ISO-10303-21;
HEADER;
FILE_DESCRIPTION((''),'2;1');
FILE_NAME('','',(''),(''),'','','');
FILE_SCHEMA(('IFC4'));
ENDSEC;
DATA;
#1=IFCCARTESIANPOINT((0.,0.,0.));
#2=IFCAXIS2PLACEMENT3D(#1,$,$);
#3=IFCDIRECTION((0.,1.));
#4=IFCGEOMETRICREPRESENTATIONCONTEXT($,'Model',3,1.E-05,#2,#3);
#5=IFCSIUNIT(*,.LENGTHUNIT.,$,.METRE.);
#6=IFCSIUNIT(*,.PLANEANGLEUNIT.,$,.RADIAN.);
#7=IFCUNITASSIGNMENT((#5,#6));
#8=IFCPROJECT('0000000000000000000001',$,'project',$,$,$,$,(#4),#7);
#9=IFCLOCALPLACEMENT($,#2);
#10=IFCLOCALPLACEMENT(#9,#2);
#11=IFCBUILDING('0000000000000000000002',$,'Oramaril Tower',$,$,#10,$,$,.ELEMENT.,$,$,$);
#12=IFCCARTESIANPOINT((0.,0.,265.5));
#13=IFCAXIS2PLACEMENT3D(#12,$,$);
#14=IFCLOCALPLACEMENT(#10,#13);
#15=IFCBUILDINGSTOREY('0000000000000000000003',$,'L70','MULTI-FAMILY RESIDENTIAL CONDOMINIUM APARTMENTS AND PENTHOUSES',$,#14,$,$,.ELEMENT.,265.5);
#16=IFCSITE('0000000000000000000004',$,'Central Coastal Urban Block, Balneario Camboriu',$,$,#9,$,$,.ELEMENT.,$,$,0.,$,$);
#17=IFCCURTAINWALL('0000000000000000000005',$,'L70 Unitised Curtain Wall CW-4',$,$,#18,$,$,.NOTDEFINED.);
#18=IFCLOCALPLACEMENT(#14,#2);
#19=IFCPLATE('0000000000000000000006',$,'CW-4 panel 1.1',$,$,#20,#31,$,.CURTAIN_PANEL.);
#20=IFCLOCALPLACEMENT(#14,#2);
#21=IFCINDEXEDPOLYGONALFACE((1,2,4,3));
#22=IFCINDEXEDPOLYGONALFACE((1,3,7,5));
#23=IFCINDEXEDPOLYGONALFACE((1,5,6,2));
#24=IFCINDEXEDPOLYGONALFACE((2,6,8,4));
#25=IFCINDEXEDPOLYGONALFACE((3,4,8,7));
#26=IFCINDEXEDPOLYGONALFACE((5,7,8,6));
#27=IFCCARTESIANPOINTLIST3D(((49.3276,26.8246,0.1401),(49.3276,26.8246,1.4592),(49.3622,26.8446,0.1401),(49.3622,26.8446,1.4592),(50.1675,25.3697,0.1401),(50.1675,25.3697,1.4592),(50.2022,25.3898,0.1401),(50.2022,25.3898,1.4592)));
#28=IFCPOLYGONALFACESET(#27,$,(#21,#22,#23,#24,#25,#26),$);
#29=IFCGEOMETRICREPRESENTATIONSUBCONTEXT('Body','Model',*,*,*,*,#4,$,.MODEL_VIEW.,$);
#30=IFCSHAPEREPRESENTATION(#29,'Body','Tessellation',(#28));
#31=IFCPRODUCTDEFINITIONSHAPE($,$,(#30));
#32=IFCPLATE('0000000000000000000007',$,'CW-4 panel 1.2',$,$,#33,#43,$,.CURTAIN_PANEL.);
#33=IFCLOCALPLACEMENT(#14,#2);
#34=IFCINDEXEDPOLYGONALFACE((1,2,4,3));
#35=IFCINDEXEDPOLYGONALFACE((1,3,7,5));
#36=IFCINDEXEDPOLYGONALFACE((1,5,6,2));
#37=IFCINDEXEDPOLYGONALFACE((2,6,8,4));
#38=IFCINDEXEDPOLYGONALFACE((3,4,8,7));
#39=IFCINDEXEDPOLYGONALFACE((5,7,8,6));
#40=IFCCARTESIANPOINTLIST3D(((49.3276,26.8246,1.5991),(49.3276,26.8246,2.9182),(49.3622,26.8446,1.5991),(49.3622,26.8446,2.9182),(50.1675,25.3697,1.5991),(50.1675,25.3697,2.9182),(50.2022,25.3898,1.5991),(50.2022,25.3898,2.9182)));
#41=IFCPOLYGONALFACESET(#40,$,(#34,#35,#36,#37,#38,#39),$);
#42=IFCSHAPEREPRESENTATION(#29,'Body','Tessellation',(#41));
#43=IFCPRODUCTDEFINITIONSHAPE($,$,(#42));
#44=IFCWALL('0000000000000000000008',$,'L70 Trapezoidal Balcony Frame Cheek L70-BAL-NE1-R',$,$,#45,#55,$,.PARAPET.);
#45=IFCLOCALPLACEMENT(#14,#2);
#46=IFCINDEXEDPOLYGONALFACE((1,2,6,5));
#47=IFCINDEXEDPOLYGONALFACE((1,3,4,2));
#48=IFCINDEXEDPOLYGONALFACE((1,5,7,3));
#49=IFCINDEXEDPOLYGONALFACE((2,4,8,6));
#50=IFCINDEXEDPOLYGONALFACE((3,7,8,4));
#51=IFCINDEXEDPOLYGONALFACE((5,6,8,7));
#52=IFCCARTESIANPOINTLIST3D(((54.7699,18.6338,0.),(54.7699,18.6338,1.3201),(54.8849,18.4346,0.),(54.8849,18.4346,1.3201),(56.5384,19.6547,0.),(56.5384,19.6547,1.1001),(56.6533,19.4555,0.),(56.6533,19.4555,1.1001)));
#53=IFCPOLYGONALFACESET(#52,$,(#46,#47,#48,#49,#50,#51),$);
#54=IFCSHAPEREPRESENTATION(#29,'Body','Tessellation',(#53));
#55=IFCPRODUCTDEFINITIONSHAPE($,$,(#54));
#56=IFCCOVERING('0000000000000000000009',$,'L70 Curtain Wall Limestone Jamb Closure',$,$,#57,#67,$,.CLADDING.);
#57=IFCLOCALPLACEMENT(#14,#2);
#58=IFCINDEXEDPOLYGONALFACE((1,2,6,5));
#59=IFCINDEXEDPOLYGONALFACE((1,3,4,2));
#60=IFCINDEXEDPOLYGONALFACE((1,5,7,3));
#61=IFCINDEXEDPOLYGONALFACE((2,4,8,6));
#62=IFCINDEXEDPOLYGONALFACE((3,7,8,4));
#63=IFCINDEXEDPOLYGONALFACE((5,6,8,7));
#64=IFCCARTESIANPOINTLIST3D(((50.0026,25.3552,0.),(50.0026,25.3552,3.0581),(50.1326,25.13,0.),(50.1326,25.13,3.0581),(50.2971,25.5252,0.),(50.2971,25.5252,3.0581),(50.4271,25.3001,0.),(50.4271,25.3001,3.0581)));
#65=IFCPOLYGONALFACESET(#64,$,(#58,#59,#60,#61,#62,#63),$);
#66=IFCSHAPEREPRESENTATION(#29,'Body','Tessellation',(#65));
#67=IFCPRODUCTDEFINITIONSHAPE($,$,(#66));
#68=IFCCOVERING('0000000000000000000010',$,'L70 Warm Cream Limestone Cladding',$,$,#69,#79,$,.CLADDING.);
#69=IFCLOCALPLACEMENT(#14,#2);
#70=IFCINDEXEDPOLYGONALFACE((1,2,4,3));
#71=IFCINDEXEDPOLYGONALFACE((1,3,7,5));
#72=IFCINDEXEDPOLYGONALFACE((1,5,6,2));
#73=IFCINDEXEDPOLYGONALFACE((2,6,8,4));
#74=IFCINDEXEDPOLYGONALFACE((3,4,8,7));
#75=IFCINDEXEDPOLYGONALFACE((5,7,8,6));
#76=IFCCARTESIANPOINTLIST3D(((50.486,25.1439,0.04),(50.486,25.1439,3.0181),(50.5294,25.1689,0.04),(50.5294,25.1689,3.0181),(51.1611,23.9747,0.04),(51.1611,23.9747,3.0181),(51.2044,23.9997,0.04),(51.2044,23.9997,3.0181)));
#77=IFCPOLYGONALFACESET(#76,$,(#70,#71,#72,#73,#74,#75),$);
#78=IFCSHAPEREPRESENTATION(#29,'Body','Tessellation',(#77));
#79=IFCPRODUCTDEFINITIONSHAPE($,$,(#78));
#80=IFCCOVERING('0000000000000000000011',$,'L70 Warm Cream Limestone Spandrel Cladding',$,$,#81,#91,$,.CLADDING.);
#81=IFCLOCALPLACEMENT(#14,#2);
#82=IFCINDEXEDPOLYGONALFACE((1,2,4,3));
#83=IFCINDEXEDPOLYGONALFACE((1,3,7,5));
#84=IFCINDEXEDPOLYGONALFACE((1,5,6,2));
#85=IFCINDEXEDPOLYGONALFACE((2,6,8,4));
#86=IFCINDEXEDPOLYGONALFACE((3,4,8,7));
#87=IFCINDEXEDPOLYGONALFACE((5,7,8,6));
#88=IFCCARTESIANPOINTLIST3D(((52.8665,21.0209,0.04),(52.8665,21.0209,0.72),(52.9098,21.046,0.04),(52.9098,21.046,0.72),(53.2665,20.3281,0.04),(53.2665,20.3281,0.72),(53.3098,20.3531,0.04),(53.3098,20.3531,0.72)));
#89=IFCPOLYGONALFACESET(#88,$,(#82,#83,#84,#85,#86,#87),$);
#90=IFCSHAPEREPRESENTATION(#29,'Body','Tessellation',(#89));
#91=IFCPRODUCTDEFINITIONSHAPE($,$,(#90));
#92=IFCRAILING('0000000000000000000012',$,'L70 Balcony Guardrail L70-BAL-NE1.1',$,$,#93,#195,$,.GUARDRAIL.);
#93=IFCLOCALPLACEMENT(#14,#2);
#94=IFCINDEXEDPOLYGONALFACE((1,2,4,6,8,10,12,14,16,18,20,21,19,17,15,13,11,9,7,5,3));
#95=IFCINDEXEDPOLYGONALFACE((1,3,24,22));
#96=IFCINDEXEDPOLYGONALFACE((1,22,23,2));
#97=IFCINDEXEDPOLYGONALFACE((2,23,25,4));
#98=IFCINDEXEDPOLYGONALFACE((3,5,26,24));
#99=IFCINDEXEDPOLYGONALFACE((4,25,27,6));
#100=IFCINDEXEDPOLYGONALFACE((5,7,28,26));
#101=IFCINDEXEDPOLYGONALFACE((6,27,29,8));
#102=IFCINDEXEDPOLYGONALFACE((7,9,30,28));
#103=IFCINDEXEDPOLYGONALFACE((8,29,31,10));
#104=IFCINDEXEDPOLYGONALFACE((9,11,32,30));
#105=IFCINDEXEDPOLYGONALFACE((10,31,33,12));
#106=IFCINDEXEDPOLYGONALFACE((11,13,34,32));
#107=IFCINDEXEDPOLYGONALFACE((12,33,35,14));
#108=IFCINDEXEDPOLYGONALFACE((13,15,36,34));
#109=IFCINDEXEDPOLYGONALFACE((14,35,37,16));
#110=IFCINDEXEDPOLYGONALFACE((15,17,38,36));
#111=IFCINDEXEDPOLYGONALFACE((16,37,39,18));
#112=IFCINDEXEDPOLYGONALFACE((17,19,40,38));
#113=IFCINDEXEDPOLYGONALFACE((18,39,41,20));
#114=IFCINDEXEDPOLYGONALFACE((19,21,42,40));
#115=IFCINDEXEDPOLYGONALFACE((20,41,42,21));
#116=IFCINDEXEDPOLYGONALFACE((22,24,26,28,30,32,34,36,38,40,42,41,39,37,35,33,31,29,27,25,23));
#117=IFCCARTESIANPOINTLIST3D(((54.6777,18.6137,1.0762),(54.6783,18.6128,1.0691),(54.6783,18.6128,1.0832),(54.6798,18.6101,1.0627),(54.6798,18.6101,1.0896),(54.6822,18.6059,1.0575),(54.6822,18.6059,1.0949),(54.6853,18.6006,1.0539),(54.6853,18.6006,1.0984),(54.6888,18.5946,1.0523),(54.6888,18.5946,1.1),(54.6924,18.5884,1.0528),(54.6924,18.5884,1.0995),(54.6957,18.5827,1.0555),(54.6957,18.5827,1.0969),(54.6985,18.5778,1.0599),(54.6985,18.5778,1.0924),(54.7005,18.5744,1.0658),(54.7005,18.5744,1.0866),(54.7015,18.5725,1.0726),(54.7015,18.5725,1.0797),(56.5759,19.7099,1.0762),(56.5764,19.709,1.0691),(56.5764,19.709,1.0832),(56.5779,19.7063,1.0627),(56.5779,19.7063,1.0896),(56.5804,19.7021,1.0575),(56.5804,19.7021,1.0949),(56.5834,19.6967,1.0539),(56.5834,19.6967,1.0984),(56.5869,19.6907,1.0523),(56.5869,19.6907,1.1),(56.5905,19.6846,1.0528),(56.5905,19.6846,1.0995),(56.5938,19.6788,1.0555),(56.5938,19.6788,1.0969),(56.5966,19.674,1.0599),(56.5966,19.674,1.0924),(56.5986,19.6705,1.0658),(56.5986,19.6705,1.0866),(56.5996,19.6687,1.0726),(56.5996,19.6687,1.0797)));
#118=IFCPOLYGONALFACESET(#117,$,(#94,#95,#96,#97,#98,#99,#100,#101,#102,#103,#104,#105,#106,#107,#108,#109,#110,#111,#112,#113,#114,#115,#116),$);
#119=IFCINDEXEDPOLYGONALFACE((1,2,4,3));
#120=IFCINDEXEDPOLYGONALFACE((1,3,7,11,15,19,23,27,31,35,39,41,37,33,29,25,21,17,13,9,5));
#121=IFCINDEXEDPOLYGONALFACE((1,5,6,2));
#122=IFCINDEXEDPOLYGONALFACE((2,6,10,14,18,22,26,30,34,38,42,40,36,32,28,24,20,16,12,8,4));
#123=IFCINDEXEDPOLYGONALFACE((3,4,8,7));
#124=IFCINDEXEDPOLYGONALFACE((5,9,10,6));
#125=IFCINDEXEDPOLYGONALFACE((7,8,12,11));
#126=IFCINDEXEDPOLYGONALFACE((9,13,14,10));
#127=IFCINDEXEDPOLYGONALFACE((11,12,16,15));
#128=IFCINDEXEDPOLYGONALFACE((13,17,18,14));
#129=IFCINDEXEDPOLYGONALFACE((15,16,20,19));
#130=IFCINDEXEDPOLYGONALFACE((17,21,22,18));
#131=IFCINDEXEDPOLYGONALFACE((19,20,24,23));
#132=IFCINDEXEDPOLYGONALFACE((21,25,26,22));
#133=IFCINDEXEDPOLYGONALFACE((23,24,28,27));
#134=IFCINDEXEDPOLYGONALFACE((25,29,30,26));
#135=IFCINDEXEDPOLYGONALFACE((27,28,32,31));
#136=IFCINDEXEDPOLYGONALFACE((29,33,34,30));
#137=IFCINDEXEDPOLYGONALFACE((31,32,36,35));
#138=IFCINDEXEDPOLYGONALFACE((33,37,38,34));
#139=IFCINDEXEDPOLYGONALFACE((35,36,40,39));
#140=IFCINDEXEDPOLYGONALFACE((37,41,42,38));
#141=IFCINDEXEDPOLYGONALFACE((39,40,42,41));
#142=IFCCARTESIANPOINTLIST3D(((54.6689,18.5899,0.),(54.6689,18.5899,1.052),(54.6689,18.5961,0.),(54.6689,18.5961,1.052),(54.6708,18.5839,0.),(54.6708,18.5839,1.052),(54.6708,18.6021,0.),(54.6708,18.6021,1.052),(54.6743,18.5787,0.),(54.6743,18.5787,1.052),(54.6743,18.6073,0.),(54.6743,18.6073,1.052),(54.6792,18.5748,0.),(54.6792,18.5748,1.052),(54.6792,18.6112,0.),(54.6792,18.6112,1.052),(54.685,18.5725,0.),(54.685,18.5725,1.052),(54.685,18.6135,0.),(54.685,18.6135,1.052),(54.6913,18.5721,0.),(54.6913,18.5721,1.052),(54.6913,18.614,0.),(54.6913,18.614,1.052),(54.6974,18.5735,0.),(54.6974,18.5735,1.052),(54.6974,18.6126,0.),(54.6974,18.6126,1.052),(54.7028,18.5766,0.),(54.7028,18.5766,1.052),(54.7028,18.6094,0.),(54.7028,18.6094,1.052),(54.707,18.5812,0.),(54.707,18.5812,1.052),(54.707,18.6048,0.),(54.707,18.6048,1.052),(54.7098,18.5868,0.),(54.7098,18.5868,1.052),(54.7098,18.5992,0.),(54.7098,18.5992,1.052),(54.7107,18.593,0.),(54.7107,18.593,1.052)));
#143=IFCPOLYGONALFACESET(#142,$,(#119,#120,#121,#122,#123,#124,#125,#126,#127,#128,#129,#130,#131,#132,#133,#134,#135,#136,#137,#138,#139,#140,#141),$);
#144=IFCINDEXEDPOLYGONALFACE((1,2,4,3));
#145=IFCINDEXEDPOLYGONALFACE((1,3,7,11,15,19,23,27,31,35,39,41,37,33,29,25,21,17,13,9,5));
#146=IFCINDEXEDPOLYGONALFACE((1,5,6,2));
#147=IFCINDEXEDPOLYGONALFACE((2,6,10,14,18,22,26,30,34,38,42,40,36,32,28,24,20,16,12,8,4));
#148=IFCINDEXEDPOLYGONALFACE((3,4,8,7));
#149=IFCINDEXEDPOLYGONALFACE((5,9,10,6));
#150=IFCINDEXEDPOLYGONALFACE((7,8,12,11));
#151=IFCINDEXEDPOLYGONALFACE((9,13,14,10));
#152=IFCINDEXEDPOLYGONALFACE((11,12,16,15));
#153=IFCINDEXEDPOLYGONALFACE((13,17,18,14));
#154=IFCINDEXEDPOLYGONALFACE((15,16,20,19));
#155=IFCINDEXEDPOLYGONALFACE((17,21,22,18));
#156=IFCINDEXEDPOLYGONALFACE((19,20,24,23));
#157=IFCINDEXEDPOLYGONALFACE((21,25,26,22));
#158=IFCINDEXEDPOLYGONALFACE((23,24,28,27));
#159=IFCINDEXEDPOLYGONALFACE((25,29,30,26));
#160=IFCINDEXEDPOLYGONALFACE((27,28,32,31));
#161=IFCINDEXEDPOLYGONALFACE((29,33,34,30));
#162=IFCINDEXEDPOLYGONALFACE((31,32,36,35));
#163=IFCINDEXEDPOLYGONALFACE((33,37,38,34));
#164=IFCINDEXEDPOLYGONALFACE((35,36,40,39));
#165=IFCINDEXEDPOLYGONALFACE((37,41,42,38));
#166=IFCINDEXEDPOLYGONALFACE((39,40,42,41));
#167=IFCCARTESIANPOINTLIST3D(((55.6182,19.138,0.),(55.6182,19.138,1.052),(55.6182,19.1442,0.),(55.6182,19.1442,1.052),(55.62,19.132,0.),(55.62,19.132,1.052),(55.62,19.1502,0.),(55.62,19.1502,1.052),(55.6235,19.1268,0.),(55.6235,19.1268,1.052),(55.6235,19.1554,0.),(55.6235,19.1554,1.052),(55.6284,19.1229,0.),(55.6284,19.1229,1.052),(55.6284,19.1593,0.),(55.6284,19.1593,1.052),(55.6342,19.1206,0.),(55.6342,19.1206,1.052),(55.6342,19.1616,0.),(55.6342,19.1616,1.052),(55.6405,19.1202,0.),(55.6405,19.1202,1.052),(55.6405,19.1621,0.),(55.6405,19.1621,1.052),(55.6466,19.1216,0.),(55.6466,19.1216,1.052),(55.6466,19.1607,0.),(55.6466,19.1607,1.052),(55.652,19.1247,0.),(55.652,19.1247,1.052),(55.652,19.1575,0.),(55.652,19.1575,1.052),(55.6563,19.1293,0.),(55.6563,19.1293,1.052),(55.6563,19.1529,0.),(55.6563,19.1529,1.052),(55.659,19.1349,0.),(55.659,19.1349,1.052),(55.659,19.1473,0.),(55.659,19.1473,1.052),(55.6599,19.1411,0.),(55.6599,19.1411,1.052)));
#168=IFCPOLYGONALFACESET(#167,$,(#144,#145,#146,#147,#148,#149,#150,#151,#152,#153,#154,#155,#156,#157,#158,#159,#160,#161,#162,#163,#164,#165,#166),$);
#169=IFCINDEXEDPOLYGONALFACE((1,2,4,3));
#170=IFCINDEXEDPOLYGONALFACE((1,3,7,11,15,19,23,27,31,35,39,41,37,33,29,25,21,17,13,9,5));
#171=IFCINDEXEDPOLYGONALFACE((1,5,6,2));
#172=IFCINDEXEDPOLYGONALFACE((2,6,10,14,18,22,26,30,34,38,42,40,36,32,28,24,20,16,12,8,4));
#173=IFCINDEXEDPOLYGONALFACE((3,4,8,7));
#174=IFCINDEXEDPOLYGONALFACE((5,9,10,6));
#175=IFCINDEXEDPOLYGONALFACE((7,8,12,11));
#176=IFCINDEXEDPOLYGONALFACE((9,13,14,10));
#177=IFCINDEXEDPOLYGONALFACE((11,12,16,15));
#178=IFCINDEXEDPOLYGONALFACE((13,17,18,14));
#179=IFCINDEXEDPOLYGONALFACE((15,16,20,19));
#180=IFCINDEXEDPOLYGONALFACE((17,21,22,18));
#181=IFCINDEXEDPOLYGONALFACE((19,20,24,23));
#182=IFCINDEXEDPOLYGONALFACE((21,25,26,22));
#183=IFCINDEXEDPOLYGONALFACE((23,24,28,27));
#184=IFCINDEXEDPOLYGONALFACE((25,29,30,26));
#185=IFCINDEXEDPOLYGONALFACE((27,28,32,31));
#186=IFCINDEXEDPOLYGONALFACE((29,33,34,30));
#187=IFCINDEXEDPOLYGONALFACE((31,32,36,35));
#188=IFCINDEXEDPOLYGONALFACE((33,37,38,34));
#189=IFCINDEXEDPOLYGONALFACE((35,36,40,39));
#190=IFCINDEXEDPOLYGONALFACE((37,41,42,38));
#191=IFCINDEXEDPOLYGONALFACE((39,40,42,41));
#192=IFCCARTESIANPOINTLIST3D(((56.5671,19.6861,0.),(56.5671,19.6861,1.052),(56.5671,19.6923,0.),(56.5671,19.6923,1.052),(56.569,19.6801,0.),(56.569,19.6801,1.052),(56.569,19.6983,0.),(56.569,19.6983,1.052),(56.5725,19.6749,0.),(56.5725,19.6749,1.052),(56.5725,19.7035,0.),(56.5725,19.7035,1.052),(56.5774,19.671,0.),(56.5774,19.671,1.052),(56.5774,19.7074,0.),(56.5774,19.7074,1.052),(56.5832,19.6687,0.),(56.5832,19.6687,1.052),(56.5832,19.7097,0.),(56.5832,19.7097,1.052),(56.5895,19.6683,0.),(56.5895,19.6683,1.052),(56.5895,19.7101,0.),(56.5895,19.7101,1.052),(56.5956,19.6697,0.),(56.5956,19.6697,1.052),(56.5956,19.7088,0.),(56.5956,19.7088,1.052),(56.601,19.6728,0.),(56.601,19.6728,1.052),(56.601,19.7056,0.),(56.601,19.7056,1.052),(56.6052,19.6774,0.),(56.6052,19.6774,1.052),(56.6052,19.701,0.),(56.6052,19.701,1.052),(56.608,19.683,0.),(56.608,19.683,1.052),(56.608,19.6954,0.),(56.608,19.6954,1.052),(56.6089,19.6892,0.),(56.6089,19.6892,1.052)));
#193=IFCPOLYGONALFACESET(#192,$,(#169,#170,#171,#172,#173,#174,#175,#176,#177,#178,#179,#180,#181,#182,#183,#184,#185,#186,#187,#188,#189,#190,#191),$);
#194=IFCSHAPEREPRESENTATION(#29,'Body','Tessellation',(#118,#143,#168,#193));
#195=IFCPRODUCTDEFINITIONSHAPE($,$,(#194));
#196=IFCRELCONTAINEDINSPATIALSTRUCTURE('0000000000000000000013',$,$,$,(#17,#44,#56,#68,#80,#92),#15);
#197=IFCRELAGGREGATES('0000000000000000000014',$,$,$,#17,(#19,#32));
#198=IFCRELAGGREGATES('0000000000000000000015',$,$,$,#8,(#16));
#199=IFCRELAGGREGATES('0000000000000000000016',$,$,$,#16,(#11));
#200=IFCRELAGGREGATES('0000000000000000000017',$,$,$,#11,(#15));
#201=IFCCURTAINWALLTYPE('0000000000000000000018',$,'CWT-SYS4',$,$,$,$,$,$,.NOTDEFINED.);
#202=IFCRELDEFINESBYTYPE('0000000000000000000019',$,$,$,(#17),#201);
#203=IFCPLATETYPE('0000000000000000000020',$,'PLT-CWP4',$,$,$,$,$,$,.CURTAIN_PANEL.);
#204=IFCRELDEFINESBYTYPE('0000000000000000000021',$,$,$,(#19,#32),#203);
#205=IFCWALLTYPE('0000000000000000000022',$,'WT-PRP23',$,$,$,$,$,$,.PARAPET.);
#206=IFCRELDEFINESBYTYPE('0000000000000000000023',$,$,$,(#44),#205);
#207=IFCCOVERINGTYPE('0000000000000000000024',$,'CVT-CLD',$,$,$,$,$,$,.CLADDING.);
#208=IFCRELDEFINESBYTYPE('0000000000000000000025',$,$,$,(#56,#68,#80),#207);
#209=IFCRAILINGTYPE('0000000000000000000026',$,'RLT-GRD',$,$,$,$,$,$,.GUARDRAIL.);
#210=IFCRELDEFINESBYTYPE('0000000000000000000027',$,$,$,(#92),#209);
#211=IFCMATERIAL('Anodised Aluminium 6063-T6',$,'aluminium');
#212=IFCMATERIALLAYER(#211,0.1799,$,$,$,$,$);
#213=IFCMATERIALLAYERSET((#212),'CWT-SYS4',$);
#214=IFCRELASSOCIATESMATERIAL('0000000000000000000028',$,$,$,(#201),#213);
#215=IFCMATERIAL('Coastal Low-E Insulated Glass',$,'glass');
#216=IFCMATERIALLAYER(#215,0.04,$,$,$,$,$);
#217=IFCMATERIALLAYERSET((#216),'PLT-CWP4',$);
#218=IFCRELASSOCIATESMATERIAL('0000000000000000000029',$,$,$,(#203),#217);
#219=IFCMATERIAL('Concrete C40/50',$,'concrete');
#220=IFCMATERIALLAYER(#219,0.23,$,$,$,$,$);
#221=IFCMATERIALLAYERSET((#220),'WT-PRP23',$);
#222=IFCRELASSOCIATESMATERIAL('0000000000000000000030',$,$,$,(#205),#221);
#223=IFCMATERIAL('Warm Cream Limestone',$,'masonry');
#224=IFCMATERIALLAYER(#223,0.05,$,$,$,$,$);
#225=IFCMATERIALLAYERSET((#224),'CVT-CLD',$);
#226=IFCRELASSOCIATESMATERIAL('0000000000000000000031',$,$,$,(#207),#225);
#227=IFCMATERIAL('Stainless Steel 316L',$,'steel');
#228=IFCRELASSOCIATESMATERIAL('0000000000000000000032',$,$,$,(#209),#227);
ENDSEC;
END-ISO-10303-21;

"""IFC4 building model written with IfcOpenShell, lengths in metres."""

from ifc_helpers import new_model, si_unit, direction, frame, origin, origin_2d, place, context, subcontext, project, spatial, polyline, rectangle, circle, outline, extrude, material, layer, layer_set, type_object, element, aggregate, save


model = new_model("IFC4")

# Units and contexts
model_context = context("Model", 3, precision=1e-05, world=origin(), true_north=direction((0.0, 1.0)))
body_context = subcontext(model_context, "Body", "Model", "MODEL_VIEW")
ifc_project = project(units=[si_unit("LENGTHUNIT", "METRE"), si_unit("PLANEANGLEUNIT", "RADIAN")], contexts=[model_context])

# Site, building, storey
site_placement = place(None, origin())
site = spatial("IfcSite", under=ifc_project, at=site_placement, Name="Central Coastal Urban Block, Balneario Camboriu", CompositionType="ELEMENT", RefElevation=0.0)
building_placement = place(site_placement, origin())
building = spatial("IfcBuilding", under=site, at=building_placement, Name="Oramaril Tower", CompositionType="ELEMENT")
storey_placement = place(building_placement, frame((0.0, 0.0, 265.5)))
storey = spatial("IfcBuildingStorey", under=building, at=storey_placement, Name="L70", Description="MULTI-FAMILY RESIDENTIAL CONDOMINIUM APARTMENTS AND PENTHOUSES", CompositionType="ELEMENT", Elevation=265.5)

# Curtain wall, plates
ifc_material_1 = material(Name="Anodised Aluminium 6063-T6", Category="aluminium")
ifc_layer_1 = layer(ifc_material_1, 0.1799)
ifc_layer_set_1 = layer_set([ifc_layer_1], Name="CWT-SYS4")
curtain_wall_type = type_object("IfcCurtainWallType", Name="CWT-SYS4", PredefinedType="NOTDEFINED", material=ifc_layer_set_1)
curtain_wall_placement = place(storey_placement, origin())
curtain_wall = element("IfcCurtainWall", 1, at=curtain_wall_placement, inside=storey, type_object=curtain_wall_type, Name="L70 Unitised Curtain Wall CW-4", PredefinedType="NOTDEFINED")
ifc_material_2 = material(Name="Coastal Low-E Insulated Glass", Category="glass")
ifc_layer_2 = layer(ifc_material_2, 0.04)
ifc_layer_set_2 = layer_set([ifc_layer_2], Name="PLT-CWP4")
plate_type = type_object("IfcPlateType", Name="PLT-CWP4", PredefinedType="CURTAIN_PANEL", material=ifc_layer_set_2)
plate_1_placement = place(storey_placement, frame((49.7649, 26.1072, 0.1401), z_axis=(0.0, 0.0, 1.0), x_axis=(-0.5, 0.866025, 0.0)))
plate_1 = element("IfcPlate", 2, at=plate_1_placement, type_object=plate_type, Name="CW-4 panel 1.1", PredefinedType="CURTAIN_PANEL", context=body_context, shape_type="SweptSolid", body=[
    extrude(rectangle(XDim=1.6799, YDim=0.04, at=origin_2d()), origin(), (0.0, 0.0, 1.0), 1.3191),
])
plate_2_placement = place(storey_placement, frame((49.7649, 26.1072, 1.5991), z_axis=(0.0, 0.0, 1.0), x_axis=(-0.5, 0.866025, 0.0)))
plate_2 = element("IfcPlate", 3, at=plate_2_placement, type_object=plate_type, Name="CW-4 panel 1.2", PredefinedType="CURTAIN_PANEL", context=body_context, shape_type="SweptSolid", body=[
    extrude(rectangle(XDim=1.6799, YDim=0.04, at=origin_2d()), origin(), (0.0, 0.0, 1.0), 1.3191),
])
aggregate(curtain_wall, [plate_1, plate_2])

# Wall
ifc_material_3 = material(Name="Concrete C40/50", Category="concrete")
ifc_layer_3 = layer(ifc_material_3, 0.23)
ifc_layer_set_3 = layer_set([ifc_layer_3], Name="WT-PRP23")
wall_type = type_object("IfcWallType", Name="WT-PRP23", PredefinedType="PARAPET", material=ifc_layer_set_3)
wall_placement = place(storey_placement, frame((54.8274, 18.5342, 0.0), z_axis=(0.0, 0.0, 1.0), x_axis=(0.866042, 0.499971, 0.0)))
element("IfcWall", 4, at=wall_placement, inside=storey, type_object=wall_type, Name="L70 Trapezoidal Balcony Frame Cheek L70-BAL-NE1-R", PredefinedType="PARAPET", context=body_context, shape_type="SweptSolid", body=[
    extrude(outline(polyline([(0.0, 0.0), (2.042, 0.0), (2.042, 1.1001), (0.0, 1.3201), (0.0, 0.0)])), frame((0.0, 0.115, 0.0), z_axis=(0.0, -1.0, 0.0), x_axis=(1.0, 0.0, 0.0)), (0.0, 0.0, 1.0), 0.23),
])

# Coverings
ifc_material_4 = material(Name="Warm Cream Limestone", Category="masonry")
ifc_layer_4 = layer(ifc_material_4, 0.05)
ifc_layer_set_4 = layer_set([ifc_layer_4], Name="CVT-CLD")
covering_type = type_object("IfcCoveringType", Name="CVT-CLD", PredefinedType="CLADDING", material=ifc_layer_set_4)
covering_1_placement = place(storey_placement, frame((50.2148, 25.3276, 0.0), z_axis=(0.0, 0.0, 1.0), x_axis=(-0.5, 0.866025, 0.0)))
element("IfcCovering", 5, at=covering_1_placement, inside=storey, type_object=covering_type, Name="L70 Curtain Wall Limestone Jamb Closure", PredefinedType="CLADDING", context=body_context, shape_type="SweptSolid", body=[
    extrude(rectangle(XDim=0.26, YDim=0.3401, at=origin_2d()), origin(), (0.0, 0.0, 1.0), 3.0581),
])
covering_2_placement = place(storey_placement, frame((50.8452, 24.5718, 0.04), z_axis=(0.0, 0.0, 1.0), x_axis=(-0.499998, 0.866026, 0.0)))
element("IfcCovering", 6, at=covering_2_placement, inside=storey, type_object=covering_type, Name="L70 Warm Cream Limestone Cladding", PredefinedType="CLADDING", context=body_context, shape_type="SweptSolid", body=[
    extrude(rectangle(XDim=1.3501, YDim=0.05, at=origin_2d()), origin(), (0.0, 0.0, 1.0), 2.978),
])
covering_3_placement = place(storey_placement, frame((53.0881, 20.687, 0.04), z_axis=(0.0, 0.0, 1.0), x_axis=(-0.499998, 0.866026, 0.0)))
element("IfcCovering", 7, at=covering_3_placement, inside=storey, type_object=covering_type, Name="L70 Warm Cream Limestone Spandrel Cladding", PredefinedType="CLADDING", context=body_context, shape_type="SweptSolid", body=[
    extrude(rectangle(XDim=0.8, YDim=0.05, at=origin_2d()), origin(), (0.0, 0.0, 1.0), 0.6799),
])

# Railing
ifc_material_5 = material(Name="Stainless Steel 316L", Category="steel")
railing_type = type_object("IfcRailingType", Name="RLT-GRD", PredefinedType="GUARDRAIL", material=ifc_material_5)
railing_1_placement = place(storey_placement, frame((54.6897, 18.593, 0.0)))
element("IfcRailing", 8, at=railing_1_placement, inside=storey, type_object=railing_type, Name="L70 Balcony Guardrail L70-BAL-NE1.1", PredefinedType="GUARDRAIL", context=body_context, shape_type="SweptSolid", body=[
    extrude(circle(Radius=0.0239, at=origin_2d()), frame((0.0, 0.0, 1.0762), z_axis=(0.865972, 0.500092, 0.0), x_axis=(-0.500092, 0.865972, 0.0)), (0.0, 0.0, 1.0), 2.1919),
    extrude(circle(Radius=0.021, at=origin_2d()), origin(), (0.0, 0.0, 1.0), 1.052),
    extrude(circle(Radius=0.021, at=origin_2d()), frame((0.9492, 0.5481, 0.0)), (0.0, 0.0, 1.0), 1.052),
    extrude(circle(Radius=0.021, at=origin_2d()), frame((1.8982, 1.0962, 0.0)), (0.0, 0.0, 1.0), 1.052),
])

save(model, "model.ifc")
